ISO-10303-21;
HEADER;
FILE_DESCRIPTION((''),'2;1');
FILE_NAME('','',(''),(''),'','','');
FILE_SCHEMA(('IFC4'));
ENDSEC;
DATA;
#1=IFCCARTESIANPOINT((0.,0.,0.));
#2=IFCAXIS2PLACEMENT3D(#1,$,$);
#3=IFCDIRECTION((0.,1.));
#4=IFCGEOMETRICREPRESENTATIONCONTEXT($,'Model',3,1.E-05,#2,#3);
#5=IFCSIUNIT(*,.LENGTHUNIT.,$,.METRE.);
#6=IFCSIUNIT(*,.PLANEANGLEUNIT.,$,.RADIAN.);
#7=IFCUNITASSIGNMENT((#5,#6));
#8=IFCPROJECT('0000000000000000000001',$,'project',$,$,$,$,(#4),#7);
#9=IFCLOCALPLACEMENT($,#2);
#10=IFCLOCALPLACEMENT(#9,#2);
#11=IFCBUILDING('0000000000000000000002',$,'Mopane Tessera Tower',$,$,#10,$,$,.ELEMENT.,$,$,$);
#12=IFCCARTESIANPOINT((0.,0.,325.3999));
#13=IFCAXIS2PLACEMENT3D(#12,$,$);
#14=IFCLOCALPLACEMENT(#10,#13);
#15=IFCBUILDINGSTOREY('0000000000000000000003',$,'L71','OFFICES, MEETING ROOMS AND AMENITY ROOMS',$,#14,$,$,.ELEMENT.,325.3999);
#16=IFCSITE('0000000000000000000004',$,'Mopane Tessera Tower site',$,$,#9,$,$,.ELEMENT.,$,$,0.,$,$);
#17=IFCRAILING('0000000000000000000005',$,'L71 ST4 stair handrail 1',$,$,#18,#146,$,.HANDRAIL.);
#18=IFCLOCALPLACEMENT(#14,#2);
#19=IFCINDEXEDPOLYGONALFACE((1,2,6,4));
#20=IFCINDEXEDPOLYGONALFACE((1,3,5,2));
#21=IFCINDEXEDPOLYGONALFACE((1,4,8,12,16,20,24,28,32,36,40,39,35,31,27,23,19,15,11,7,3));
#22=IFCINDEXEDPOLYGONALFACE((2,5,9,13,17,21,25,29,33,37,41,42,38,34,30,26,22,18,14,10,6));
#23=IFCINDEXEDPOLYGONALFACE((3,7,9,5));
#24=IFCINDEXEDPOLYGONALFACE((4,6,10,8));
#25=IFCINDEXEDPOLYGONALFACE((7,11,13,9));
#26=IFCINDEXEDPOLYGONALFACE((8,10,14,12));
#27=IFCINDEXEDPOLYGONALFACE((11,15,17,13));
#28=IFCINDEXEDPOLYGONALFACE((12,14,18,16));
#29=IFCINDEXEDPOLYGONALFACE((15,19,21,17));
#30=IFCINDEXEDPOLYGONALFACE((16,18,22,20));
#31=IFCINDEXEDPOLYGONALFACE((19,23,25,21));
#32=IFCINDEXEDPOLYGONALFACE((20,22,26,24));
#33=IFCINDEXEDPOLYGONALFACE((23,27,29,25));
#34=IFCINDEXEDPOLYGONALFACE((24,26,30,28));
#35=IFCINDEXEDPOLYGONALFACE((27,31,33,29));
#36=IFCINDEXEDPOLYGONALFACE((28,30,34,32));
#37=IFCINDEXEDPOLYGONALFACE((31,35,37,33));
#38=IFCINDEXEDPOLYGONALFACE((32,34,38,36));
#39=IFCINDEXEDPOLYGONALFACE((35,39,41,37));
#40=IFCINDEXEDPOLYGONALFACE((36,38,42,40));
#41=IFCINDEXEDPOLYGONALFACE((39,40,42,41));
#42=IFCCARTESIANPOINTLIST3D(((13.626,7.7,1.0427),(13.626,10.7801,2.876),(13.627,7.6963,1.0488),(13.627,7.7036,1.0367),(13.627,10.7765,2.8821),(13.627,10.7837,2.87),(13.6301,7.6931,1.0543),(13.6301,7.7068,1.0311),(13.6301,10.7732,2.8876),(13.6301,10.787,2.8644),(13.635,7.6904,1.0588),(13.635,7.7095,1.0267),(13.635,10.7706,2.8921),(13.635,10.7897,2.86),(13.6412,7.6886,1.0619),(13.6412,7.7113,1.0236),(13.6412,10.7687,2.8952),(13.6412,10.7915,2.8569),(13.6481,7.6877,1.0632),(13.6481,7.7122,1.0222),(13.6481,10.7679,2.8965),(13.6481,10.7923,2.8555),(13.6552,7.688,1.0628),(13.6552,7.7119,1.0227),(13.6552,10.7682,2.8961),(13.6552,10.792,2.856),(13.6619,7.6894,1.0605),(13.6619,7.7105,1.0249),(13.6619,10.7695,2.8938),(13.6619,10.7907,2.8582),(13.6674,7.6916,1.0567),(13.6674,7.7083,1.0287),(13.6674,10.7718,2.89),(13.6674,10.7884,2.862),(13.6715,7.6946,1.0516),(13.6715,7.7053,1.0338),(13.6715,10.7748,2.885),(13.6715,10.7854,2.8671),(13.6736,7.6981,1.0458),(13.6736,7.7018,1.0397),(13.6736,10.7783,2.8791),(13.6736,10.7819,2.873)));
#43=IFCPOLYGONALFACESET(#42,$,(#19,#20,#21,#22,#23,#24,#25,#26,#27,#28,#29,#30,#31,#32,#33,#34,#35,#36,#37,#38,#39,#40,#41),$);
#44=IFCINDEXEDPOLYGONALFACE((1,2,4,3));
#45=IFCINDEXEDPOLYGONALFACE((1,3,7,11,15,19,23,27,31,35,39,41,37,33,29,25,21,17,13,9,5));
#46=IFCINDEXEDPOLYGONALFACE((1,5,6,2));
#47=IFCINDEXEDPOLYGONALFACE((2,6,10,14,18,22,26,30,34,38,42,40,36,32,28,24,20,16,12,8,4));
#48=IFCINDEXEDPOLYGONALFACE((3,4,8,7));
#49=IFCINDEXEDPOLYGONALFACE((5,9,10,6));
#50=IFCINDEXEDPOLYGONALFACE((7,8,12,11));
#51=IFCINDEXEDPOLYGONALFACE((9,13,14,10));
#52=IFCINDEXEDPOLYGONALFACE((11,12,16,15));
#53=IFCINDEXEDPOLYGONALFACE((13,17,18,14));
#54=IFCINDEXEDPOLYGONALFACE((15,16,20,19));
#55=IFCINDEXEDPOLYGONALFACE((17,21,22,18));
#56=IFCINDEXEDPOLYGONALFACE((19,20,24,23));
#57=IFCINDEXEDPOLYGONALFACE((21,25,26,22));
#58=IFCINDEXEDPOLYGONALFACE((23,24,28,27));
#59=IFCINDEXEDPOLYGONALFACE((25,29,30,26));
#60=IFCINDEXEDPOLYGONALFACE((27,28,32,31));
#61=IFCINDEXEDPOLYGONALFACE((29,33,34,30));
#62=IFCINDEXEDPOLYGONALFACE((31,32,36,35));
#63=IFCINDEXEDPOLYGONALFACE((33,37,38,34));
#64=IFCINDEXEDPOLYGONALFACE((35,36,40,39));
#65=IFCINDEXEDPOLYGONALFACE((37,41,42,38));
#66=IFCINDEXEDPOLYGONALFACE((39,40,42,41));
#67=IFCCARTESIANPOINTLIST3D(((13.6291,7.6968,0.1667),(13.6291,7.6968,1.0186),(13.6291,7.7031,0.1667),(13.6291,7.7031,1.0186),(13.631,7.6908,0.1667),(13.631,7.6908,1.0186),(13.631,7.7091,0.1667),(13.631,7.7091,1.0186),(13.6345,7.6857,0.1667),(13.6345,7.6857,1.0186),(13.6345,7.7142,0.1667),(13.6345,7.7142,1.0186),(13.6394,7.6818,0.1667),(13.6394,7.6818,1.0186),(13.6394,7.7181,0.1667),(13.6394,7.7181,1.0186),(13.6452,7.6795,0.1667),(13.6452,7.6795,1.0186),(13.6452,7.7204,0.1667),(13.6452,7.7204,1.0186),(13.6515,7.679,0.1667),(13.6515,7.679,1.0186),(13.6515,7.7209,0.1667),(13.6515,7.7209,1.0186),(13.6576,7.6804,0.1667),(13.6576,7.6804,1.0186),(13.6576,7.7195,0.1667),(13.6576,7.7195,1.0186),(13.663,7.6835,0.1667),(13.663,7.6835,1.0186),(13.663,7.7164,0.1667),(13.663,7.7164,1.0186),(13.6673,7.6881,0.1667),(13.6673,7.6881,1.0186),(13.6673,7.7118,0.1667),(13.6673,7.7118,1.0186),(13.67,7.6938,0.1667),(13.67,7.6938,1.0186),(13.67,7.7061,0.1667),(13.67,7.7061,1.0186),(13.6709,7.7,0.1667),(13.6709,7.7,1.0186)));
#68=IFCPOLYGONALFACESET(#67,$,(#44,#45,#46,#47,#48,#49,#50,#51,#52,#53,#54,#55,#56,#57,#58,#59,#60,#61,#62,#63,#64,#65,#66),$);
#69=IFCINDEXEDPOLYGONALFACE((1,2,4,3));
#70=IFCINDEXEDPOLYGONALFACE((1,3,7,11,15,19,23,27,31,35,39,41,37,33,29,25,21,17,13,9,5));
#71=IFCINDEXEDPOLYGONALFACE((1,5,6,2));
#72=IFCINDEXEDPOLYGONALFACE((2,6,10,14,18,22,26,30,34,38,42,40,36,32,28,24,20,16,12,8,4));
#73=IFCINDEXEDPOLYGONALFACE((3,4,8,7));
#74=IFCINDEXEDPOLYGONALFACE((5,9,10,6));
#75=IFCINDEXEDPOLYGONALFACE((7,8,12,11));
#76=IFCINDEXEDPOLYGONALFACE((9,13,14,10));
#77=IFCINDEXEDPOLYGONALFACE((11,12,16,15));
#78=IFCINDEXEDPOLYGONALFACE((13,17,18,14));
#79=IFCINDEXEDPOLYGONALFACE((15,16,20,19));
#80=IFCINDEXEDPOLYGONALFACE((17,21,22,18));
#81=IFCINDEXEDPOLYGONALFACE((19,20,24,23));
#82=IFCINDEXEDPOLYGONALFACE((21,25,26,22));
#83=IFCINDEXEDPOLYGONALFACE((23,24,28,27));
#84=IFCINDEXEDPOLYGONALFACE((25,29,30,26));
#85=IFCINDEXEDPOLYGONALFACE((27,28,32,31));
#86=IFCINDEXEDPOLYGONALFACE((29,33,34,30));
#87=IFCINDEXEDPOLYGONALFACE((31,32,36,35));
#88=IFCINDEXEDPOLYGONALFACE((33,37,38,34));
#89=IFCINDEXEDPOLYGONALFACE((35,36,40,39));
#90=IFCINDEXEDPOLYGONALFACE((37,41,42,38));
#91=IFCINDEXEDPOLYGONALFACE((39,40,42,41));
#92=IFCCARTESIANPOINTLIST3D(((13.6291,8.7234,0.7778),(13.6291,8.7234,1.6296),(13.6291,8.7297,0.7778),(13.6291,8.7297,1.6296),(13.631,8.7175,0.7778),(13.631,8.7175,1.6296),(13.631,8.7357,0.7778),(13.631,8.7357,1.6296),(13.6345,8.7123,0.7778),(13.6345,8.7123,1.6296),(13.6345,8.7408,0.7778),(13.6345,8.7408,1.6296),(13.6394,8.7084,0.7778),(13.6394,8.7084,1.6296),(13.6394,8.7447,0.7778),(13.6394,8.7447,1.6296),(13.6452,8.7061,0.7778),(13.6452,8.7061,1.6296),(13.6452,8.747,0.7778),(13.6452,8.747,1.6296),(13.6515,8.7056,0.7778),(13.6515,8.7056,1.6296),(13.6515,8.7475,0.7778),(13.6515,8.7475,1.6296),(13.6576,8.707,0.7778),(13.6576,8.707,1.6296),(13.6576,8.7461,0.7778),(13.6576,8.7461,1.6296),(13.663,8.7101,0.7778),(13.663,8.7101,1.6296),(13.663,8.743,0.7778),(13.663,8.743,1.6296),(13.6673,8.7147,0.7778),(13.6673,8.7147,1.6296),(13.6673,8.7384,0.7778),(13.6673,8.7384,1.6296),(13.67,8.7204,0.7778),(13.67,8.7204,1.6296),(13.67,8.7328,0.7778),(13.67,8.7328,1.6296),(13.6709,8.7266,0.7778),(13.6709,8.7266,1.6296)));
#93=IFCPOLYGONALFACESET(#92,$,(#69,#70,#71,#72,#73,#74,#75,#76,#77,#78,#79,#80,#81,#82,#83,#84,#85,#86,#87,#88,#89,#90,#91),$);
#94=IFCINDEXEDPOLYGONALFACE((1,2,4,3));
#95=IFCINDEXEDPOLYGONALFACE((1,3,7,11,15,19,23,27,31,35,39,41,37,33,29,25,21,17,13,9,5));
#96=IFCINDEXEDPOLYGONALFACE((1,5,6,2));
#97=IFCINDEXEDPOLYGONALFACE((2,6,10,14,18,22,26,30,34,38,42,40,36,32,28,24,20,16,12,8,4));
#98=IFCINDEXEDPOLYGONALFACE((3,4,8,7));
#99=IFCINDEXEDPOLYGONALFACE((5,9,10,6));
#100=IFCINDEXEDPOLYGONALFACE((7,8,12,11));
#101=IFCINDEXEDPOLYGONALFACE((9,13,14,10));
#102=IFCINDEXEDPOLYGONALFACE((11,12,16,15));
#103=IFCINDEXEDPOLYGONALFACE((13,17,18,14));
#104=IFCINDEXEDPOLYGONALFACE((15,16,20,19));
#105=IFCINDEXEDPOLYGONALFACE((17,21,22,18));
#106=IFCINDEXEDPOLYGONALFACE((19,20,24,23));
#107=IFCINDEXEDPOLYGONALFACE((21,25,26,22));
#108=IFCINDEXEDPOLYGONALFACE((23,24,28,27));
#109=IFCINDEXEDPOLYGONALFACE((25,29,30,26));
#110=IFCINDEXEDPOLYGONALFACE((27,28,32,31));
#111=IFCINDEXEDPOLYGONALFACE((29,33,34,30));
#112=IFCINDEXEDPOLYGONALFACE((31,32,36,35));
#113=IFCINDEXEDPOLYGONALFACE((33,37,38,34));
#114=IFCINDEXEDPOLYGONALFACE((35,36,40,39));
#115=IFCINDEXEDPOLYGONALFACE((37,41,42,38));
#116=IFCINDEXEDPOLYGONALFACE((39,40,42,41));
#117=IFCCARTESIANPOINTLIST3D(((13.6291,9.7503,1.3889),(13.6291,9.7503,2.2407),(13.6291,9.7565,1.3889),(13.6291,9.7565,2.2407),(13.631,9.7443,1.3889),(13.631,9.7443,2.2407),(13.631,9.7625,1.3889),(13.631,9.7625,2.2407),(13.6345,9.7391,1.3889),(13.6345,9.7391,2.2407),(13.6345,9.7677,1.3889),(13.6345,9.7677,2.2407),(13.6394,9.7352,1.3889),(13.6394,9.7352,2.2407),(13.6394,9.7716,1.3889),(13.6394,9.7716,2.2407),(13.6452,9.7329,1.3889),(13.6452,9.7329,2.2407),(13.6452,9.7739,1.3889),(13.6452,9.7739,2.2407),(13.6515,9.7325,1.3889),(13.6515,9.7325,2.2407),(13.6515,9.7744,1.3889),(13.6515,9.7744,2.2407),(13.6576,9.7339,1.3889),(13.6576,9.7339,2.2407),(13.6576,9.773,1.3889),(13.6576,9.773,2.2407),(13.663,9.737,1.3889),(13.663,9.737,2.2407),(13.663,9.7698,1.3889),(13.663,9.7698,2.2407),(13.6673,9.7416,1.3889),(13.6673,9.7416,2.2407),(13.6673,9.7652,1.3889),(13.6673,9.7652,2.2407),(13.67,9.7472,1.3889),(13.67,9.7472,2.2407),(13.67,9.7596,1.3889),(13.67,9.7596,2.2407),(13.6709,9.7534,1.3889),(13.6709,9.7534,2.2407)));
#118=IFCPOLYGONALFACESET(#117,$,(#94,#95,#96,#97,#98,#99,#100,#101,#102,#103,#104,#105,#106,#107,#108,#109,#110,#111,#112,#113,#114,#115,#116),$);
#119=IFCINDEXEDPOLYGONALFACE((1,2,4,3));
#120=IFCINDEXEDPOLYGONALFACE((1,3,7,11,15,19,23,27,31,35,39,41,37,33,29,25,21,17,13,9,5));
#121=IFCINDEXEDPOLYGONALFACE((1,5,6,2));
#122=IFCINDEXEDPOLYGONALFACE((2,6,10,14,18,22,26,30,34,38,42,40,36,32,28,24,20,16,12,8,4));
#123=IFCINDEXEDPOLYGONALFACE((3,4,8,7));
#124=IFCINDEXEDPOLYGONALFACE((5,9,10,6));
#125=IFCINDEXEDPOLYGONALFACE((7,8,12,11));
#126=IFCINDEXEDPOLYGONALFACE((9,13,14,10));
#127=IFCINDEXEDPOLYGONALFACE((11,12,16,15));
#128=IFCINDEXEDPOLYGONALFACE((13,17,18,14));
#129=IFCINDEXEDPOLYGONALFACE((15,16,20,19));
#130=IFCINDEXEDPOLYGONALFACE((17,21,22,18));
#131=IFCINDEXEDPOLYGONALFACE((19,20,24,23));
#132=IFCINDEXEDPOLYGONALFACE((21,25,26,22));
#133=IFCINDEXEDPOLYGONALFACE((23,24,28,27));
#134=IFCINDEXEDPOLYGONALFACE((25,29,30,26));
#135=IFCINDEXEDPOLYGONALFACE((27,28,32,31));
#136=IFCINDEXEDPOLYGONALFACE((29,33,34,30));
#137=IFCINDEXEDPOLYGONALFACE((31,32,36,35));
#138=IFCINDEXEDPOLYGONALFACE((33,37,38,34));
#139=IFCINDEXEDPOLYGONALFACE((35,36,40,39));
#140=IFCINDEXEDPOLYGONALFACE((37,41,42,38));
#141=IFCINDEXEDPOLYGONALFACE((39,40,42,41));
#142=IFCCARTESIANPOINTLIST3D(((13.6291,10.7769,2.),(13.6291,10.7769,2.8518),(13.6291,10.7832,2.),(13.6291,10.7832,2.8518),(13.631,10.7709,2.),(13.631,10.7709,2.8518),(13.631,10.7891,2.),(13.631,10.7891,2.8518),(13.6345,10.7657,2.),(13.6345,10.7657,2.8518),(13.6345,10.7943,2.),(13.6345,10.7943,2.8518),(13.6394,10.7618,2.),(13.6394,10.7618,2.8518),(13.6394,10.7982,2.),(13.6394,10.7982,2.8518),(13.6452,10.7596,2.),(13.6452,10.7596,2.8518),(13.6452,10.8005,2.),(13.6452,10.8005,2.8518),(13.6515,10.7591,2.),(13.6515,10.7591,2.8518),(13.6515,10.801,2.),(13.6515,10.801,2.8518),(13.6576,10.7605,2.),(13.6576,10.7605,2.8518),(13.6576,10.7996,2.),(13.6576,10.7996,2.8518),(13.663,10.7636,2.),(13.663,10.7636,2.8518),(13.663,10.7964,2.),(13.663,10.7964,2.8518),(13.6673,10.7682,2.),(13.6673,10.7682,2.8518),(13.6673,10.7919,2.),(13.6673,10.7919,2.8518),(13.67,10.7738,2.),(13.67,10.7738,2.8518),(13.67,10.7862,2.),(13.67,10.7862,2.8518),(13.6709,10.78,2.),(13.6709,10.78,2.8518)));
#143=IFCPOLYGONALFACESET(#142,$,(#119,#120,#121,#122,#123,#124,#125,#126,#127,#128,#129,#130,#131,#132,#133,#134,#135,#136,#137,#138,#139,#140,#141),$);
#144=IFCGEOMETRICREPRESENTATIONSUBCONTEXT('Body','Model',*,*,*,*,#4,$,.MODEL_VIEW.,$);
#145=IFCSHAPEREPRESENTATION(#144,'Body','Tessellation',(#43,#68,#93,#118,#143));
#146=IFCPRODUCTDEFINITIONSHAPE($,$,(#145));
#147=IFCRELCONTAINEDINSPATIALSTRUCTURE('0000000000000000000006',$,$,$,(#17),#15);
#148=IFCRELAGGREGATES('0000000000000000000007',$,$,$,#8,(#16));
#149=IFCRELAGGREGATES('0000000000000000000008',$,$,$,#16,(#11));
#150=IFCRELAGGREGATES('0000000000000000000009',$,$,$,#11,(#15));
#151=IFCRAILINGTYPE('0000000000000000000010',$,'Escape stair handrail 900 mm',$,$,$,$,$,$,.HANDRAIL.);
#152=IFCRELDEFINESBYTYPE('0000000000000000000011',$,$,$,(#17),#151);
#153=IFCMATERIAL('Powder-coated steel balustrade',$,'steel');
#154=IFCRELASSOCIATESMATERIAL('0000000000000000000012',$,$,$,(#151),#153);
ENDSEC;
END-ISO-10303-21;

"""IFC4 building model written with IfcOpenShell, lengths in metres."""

from ifc_helpers import new_model, si_unit, direction, frame, origin, origin_2d, place, context, subcontext, project, spatial, circle, extrude, material, type_object, element, save


model = new_model("IFC4")

# Units and contexts
model_context = context("Model", 3, precision=1e-05, world=origin(), true_north=direction((0.0, 1.0)))
body_context = subcontext(model_context, "Body", "Model", "MODEL_VIEW")
ifc_project = project(units=[si_unit("LENGTHUNIT", "METRE"), si_unit("PLANEANGLEUNIT", "RADIAN")], contexts=[model_context])

# Site, building, storey
site_placement = place(None, origin())
site = spatial("IfcSite", under=ifc_project, at=site_placement, Name="Mopane Tessera Tower site", CompositionType="ELEMENT", RefElevation=0.0)
building_placement = place(site_placement, origin())
building = spatial("IfcBuilding", under=site, at=building_placement, Name="Mopane Tessera Tower", CompositionType="ELEMENT")
storey_placement = place(building_placement, frame((0.0, 0.0, 325.3999)))
storey = spatial("IfcBuildingStorey", under=building, at=storey_placement, Name="L71", Description="OFFICES, MEETING ROOMS AND AMENITY ROOMS", CompositionType="ELEMENT", Elevation=325.3999)

# Railing
ifc_material_1 = material(Name="Powder-coated steel balustrade", Category="steel")
railing_type = type_object("IfcRailingType", Name="Escape stair handrail 900 mm", PredefinedType="HANDRAIL", material=ifc_material_1)
railing_placement = place(storey_placement, frame((13.6499, 7.7, 0.1667)))
element("IfcRailing", 1, at=railing_placement, inside=storey, type_object=railing_type, Name="L71 ST4 stair handrail 1", PredefinedType="HANDRAIL", context=body_context, shape_type="SweptSolid", body=[
    extrude(circle(Radius=0.0239, at=origin_2d()), frame((0.0, 0.0, 0.876), z_axis=(0.0, 0.859309, 0.511458), x_axis=(-1.0, 0.0, 0.0)), (0.0, 0.0, 1.0), 3.5845),
    extrude(circle(Radius=0.021, at=origin_2d()), origin(), (0.0, 0.0, 1.0), 0.8518),
    extrude(circle(Radius=0.021, at=origin_2d()), frame((0.0, 1.0266, 0.6111)), (0.0, 0.0, 1.0), 0.8518),
    extrude(circle(Radius=0.021, at=origin_2d()), frame((0.0, 2.0535, 1.2222)), (0.0, 0.0, 1.0), 0.8518),
    extrude(circle(Radius=0.021, at=origin_2d()), frame((0.0, 3.0801, 1.8333)), (0.0, 0.0, 1.0), 0.8518),
])

save(model, "model.ifc")
